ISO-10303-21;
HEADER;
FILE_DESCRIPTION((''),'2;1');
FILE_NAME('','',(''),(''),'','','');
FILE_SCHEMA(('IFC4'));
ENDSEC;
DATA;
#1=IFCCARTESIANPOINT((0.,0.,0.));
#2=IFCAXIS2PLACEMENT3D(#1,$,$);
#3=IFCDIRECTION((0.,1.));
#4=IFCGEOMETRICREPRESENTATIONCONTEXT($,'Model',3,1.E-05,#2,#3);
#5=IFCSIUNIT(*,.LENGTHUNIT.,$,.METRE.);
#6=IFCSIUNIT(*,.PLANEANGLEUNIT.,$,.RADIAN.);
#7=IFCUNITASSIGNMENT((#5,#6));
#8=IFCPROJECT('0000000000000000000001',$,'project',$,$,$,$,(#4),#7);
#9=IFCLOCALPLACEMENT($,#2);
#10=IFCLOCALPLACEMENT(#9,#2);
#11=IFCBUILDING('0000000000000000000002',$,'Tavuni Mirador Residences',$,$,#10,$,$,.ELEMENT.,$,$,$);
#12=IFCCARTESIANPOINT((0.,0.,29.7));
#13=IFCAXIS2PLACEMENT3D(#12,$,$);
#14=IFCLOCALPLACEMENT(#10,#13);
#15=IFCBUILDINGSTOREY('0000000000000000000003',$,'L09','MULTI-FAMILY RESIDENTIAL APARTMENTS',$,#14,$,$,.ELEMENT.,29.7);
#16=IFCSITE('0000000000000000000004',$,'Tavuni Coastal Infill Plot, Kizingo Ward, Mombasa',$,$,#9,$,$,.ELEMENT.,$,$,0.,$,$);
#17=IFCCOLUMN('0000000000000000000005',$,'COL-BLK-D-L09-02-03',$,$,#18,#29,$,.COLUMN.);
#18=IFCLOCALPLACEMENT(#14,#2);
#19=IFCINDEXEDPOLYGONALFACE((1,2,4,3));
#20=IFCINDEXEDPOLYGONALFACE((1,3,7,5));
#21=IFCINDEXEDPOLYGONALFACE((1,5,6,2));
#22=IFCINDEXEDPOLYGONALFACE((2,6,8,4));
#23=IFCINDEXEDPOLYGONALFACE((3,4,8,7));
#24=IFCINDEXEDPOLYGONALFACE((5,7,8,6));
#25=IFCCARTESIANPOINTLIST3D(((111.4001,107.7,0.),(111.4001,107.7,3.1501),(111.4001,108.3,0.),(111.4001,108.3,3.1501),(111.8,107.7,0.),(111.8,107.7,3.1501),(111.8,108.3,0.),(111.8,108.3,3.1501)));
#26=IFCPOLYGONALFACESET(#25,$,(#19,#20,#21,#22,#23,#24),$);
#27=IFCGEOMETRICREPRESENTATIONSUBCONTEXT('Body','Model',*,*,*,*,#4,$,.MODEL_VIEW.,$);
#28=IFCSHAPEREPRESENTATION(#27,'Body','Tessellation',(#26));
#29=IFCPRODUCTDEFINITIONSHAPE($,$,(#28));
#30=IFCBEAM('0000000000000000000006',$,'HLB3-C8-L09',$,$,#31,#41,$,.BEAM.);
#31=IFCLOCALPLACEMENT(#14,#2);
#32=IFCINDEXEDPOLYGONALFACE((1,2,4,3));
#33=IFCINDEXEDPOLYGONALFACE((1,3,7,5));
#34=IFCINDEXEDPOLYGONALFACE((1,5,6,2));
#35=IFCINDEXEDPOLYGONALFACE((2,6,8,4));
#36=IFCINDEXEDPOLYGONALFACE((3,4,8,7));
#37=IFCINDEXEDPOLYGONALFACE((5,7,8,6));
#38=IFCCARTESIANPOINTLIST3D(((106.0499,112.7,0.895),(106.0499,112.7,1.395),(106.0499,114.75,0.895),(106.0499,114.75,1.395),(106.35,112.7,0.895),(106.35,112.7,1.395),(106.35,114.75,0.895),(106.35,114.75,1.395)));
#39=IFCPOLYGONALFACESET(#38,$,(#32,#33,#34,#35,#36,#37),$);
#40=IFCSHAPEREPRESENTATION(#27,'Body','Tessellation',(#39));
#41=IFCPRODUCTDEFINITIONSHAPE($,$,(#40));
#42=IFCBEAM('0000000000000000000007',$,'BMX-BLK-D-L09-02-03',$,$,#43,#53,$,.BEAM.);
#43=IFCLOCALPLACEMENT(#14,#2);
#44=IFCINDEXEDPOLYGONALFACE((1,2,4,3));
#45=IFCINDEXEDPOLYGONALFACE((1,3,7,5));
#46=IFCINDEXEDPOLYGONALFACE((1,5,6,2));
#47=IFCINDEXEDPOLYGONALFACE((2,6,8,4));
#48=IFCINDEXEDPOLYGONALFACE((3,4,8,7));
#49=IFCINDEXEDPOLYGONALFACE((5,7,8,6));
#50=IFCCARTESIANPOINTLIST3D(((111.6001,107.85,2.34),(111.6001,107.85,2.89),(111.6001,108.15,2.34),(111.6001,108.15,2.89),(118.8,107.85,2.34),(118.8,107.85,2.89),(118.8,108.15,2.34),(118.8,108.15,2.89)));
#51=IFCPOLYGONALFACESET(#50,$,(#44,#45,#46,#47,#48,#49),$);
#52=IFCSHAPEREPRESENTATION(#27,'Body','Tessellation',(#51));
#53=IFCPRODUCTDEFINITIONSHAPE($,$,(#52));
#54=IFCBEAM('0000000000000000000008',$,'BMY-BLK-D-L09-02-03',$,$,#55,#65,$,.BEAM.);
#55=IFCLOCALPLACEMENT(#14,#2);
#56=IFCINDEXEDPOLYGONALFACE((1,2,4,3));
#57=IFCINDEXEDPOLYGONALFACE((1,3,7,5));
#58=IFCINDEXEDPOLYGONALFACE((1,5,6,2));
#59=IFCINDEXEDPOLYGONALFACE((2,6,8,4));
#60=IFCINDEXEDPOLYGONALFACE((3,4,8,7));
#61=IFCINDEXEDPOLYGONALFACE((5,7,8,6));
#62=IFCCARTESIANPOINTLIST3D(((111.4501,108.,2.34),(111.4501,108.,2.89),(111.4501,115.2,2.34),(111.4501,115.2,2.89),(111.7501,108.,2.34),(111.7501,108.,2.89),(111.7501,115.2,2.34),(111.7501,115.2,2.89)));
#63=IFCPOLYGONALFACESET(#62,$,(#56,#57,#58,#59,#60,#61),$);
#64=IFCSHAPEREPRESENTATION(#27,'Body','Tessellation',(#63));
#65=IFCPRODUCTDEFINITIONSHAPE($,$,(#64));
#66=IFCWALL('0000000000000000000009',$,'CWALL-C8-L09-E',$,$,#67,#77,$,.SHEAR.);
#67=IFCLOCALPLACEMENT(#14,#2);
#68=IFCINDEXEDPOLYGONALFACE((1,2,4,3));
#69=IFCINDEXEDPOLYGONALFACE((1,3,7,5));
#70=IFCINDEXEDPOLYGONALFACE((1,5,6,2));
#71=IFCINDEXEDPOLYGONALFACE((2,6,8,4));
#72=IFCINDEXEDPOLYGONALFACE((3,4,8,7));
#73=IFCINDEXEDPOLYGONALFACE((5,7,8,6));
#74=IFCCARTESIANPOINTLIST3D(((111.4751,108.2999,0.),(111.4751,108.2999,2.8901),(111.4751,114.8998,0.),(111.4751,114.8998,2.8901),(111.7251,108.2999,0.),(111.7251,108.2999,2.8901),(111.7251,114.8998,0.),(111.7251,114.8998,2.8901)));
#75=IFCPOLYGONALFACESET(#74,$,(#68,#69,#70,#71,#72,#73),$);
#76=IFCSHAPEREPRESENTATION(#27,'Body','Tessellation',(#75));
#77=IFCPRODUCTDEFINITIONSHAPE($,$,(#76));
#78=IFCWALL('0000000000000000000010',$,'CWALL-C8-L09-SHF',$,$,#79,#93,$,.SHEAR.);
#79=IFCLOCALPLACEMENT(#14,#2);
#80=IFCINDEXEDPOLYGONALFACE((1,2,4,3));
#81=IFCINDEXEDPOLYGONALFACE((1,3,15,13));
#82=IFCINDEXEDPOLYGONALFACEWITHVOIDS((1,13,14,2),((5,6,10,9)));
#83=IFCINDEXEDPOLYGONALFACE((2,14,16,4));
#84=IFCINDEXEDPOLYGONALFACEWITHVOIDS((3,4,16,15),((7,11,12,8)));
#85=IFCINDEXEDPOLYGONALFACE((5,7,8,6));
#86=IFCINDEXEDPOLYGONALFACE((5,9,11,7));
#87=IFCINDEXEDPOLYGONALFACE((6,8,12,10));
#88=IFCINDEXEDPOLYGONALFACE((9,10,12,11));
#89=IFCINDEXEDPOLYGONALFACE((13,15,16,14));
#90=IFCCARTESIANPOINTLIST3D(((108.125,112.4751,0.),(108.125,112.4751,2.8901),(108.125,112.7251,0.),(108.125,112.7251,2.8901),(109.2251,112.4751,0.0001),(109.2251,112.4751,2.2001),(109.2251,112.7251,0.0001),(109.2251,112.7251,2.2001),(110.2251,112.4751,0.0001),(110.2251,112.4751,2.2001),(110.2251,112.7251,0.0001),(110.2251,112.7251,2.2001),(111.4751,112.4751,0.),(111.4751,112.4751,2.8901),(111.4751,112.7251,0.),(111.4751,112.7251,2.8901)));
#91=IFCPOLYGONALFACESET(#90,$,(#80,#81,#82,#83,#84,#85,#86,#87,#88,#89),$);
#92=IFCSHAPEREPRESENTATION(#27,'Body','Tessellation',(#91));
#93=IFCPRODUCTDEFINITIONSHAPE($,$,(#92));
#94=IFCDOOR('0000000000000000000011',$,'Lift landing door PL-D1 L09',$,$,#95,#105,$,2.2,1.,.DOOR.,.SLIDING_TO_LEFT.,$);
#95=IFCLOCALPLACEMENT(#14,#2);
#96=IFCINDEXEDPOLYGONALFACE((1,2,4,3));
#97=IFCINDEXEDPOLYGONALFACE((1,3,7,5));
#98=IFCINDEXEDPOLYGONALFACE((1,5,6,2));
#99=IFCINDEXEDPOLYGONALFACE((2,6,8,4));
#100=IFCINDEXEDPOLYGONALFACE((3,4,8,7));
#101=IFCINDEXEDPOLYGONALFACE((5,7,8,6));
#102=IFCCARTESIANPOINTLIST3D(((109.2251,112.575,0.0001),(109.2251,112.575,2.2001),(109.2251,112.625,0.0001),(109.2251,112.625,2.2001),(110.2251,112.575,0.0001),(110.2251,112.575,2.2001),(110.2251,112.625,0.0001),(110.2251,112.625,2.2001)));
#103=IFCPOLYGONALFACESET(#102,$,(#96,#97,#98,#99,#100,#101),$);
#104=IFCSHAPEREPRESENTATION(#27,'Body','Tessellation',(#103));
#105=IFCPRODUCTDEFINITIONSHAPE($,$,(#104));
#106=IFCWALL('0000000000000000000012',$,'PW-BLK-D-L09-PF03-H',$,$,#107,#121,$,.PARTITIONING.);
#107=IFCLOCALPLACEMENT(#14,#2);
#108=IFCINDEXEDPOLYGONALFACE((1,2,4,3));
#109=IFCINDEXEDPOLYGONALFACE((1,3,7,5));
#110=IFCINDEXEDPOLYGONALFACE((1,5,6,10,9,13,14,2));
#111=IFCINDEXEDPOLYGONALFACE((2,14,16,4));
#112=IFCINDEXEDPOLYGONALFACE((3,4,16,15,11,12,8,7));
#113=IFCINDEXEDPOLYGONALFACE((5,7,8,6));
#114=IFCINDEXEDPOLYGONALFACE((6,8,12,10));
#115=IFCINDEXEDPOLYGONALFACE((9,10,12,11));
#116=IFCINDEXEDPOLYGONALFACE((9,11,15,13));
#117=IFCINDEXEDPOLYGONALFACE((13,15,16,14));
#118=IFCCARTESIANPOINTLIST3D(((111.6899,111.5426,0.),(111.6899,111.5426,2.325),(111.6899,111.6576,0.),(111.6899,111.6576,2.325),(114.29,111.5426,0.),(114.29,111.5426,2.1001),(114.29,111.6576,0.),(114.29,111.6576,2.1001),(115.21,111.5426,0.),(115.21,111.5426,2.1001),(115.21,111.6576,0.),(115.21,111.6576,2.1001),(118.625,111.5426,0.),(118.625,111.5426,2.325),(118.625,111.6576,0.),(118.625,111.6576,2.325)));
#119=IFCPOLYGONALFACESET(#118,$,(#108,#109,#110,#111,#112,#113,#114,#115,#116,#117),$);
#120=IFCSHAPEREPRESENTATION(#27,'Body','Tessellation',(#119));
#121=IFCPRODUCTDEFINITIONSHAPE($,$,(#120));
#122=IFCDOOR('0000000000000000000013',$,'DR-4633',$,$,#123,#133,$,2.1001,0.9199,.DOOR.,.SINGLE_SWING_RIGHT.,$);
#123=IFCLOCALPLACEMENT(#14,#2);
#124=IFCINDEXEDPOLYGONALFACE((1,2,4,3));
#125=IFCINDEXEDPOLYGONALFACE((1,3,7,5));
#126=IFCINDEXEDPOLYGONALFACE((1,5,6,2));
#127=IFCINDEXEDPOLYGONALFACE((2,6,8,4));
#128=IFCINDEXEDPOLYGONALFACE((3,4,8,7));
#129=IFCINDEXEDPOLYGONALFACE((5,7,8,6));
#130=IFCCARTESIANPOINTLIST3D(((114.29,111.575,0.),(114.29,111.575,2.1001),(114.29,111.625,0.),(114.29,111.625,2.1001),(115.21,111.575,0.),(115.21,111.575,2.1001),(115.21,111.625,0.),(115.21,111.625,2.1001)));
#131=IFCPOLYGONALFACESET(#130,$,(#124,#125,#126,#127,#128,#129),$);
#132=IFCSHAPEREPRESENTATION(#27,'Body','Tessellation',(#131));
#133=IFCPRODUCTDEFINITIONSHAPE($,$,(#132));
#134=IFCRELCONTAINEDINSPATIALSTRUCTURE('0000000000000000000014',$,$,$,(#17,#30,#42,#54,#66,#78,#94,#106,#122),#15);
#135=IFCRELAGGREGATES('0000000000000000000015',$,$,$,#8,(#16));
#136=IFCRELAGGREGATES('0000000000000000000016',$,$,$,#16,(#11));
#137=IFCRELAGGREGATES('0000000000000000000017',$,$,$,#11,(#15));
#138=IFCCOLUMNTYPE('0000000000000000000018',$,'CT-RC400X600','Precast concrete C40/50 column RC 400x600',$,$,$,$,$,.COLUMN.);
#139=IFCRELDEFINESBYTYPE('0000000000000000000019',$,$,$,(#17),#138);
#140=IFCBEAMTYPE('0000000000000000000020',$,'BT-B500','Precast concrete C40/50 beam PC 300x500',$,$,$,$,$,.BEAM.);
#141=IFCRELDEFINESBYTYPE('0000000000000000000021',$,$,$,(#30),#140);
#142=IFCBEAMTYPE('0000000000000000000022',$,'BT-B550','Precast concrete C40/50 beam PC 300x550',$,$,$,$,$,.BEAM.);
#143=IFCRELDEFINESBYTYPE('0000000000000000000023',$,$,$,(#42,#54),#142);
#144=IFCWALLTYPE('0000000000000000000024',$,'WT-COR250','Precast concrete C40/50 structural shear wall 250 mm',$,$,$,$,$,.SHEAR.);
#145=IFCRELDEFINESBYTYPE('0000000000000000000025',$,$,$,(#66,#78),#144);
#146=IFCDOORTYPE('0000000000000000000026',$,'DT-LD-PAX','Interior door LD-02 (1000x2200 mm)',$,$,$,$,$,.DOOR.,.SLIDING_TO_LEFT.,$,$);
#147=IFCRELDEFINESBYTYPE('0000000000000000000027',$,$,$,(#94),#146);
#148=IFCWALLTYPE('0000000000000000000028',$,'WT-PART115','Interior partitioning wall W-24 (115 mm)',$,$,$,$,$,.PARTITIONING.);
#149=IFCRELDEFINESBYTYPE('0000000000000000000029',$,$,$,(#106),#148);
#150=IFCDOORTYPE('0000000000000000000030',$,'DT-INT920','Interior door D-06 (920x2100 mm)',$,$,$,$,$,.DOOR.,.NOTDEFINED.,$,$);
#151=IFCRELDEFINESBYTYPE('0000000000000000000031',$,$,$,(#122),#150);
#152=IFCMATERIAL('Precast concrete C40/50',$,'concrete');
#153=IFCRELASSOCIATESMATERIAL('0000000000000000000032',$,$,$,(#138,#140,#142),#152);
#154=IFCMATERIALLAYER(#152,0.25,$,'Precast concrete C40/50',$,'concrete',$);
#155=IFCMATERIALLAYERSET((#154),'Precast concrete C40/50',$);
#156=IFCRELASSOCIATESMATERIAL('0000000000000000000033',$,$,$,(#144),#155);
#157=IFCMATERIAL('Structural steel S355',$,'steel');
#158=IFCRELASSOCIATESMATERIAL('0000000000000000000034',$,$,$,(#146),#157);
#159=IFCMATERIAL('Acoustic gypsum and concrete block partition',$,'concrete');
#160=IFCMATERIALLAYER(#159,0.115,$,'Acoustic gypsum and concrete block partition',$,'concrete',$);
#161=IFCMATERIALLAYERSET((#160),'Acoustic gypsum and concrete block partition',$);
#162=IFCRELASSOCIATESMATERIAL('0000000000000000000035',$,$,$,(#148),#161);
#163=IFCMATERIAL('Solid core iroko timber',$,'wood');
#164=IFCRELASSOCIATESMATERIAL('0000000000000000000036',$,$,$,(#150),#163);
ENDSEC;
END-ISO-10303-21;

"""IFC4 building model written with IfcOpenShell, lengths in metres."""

from ifc_helpers import new_model, si_unit, direction, frame, frame_2d, origin, origin_2d, place, context, subcontext, project, spatial, rectangle, extrude, material, layer, layer_set, material_profile, profile_set, type_object, element, fill, save


model = new_model("IFC4")

# Units and contexts
model_context = context("Model", 3, precision=1e-05, world=origin(), true_north=direction((0.0, 1.0)))
body_context = subcontext(model_context, "Body", "Model", "MODEL_VIEW")
ifc_project = project(units=[si_unit("LENGTHUNIT", "METRE"), si_unit("PLANEANGLEUNIT", "RADIAN")], contexts=[model_context])

# Site, building, storey
site_placement = place(None, origin())
site = spatial("IfcSite", under=ifc_project, at=site_placement, Name="Tavuni Coastal Infill Plot, Kizingo Ward, Mombasa", CompositionType="ELEMENT", RefElevation=0.0)
building_placement = place(site_placement, origin())
building = spatial("IfcBuilding", under=site, at=building_placement, Name="Tavuni Mirador Residences", CompositionType="ELEMENT")
storey_placement = place(building_placement, frame((0.0, 0.0, 29.7)))
storey = spatial("IfcBuildingStorey", under=building, at=storey_placement, Name="L09", Description="MULTI-FAMILY RESIDENTIAL APARTMENTS", CompositionType="ELEMENT", Elevation=29.7)

# Column
ifc_material_1 = material(Name="Precast concrete C40/50", Category="concrete")
ifc_material_profile_1 = material_profile(ifc_material_1, rectangle(XDim=0.3999, YDim=0.6001, at=origin_2d()), Name="RC 400x600", Category="concrete")
ifc_profile_set_1 = profile_set([ifc_material_profile_1], Name="Precast concrete C40/50")
column_type = type_object("IfcColumnType", Name="CT-RC400X600", Description="Precast concrete C40/50 column RC 400x600", PredefinedType="COLUMN", material=ifc_profile_set_1)
column_placement = place(storey_placement, frame((111.6001, 108.0, 0.0), z_axis=(0.0, 0.0, 1.0), x_axis=(1.0, 0.0, 0.0)))
element("IfcColumn", 1, at=column_placement, inside=storey, type_object=column_type, Name="COL-BLK-D-L09-02-03", PredefinedType="COLUMN", context=body_context, shape_type="SweptSolid", body=[
    extrude(rectangle(XDim=0.3999, YDim=0.6001, at=origin_2d()), origin(), (0.0, 0.0, 1.0), 3.1501),
])

# Beams
ifc_material_profile_2 = material_profile(ifc_material_1, rectangle(XDim=0.3, YDim=0.5, at=origin_2d()), Name="PC 300x500", Category="concrete")
ifc_profile_set_2 = profile_set([ifc_material_profile_2], Name="Precast concrete C40/50")
beam_type_1 = type_object("IfcBeamType", Name="BT-B500", Description="Precast concrete C40/50 beam PC 300x500", PredefinedType="BEAM", material=ifc_profile_set_2)
beam_placement = place(storey_placement, frame((106.2, 112.7, 1.145), z_axis=(0.0, 1.0, 0.0), x_axis=(-1.0, 0.0, 0.0)))
element("IfcBeam", 2, at=beam_placement, inside=storey, type_object=beam_type_1, Name="HLB3-C8-L09", PredefinedType="BEAM", context=body_context, shape_type="SweptSolid", body=[
    extrude(rectangle(XDim=0.3, YDim=0.5, at=origin_2d()), origin(), (0.0, 0.0, 1.0), 2.05),
])
ifc_material_profile_3 = material_profile(ifc_material_1, rectangle(XDim=0.3, YDim=0.55, at=origin_2d()), Name="PC 300x550", Category="concrete")
ifc_profile_set_3 = profile_set([ifc_material_profile_3], Name="Precast concrete C40/50")
beam_type_2 = type_object("IfcBeamType", Name="BT-B550", Description="Precast concrete C40/50 beam PC 300x550", PredefinedType="BEAM", material=ifc_profile_set_3)
for number, where, z_axis, x_axis, name in (
    (3, (111.6001, 108.0, 2.615), (1.0, 0.0, 0.0), (0.0, 1.0, 0.0), "BMX-BLK-D-L09-02-03"),
    (4, (111.6001, 108.0, 2.615), (0.0, 1.0, 0.0), (-1.0, 0.0, 0.0), "BMY-BLK-D-L09-02-03"),
):
    element("IfcBeam", number, at=place(storey_placement, frame(where, z_axis=z_axis, x_axis=x_axis)), inside=storey, type_object=beam_type_2, Name=name, PredefinedType="BEAM", context=body_context, shape_type="SweptSolid", body=[
        extrude(rectangle(XDim=0.3, YDim=0.55, at=origin_2d()), origin(), (0.0, 0.0, 1.0), 7.2),
    ])

# Wall
ifc_layer_1 = layer(ifc_material_1, 0.25, Name="Precast concrete C40/50", Category="concrete")
ifc_layer_set_1 = layer_set([ifc_layer_1], Name="Precast concrete C40/50")
wall_type_1 = type_object("IfcWallType", Name="WT-COR250", Description="Precast concrete C40/50 structural shear wall 250 mm", PredefinedType="SHEAR", material=ifc_layer_set_1)
wall_1_placement = place(storey_placement, frame((111.6001, 108.3, 0.0), z_axis=(0.0, 0.0, 1.0), x_axis=(0.0, 1.0, 0.0)))
element("IfcWall", 5, at=wall_1_placement, inside=storey, type_object=wall_type_1, Name="CWALL-C8-L09-E", PredefinedType="SHEAR", context=body_context, shape_type="SweptSolid", body=[
    extrude(rectangle(XDim=6.5999, YDim=0.25, at=frame_2d((3.2998, 0.0))), origin(), (0.0, 0.0, 1.0), 2.8901),
])

# Walls, openings, doors
ifc_material_2 = material(Name="Solid core iroko timber", Category="wood")
wall_2_placement = place(storey_placement, frame((108.125, 112.6001, 0.0), z_axis=(0.0, 0.0, 1.0), x_axis=(1.0, 0.0, 0.0)))
wall_2 = element("IfcWall", 6, at=wall_2_placement, inside=storey, type_object=wall_type_1, Name="CWALL-C8-L09-SHF", PredefinedType="SHEAR", context=body_context, shape_type="SweptSolid", body=[
    extrude(rectangle(XDim=3.3501, YDim=0.25, at=frame_2d((1.675, 0.0))), origin(), (0.0, 0.0, 1.0), 2.8901),
])
opening_1_placement = place(wall_2_placement, frame((1.1001, 0.0, 0.0)))
opening_1 = element("IfcOpeningElement", 7, at=opening_1_placement, cuts=wall_2, PredefinedType="OPENING", context=body_context, shape_type="SweptSolid", body=[
    extrude(rectangle(XDim=1.0, YDim=2.2, at=frame_2d((0.5, 1.1001))), frame((0.0, 0.135, 0.0), z_axis=(0.0, -1.0, 0.0), x_axis=(1.0, 0.0, 0.0)), (0.0, 0.0, 1.0), 0.27),
])
ifc_material_3 = material(Name="Structural steel S355", Category="steel")
door_type_1 = type_object("IfcDoorType", Name="DT-LD-PAX", Description="Interior door LD-02 (1000x2200 mm)", OperationType="SLIDING_TO_LEFT", PredefinedType="DOOR", material=ifc_material_3)
door_1_placement = place(opening_1_placement, origin())
door_1 = element("IfcDoor", 8, at=door_1_placement, inside=storey, type_object=door_type_1, Name="Lift landing door PL-D1 L09", OperationType="SLIDING_TO_LEFT", OverallHeight=2.2, OverallWidth=1.0, PredefinedType="DOOR", context=body_context, shape_type="SweptSolid", body=[
    extrude(rectangle(XDim=1.0, YDim=2.2, at=frame_2d((0.5, 1.1001))), frame((0.0, 0.0249, 0.0), z_axis=(0.0, -1.0, 0.0), x_axis=(1.0, 0.0, 0.0)), (0.0, 0.0, 1.0), 0.05),
])
fill(opening_1, door_1)
ifc_material_4 = material(Name="Acoustic gypsum and concrete block partition", Category="concrete")
ifc_layer_2 = layer(ifc_material_4, 0.115, Name="Acoustic gypsum and concrete block partition", Category="concrete")
ifc_layer_set_2 = layer_set([ifc_layer_2], Name="Acoustic gypsum and concrete block partition")
wall_type_2 = type_object("IfcWallType", Name="WT-PART115", Description="Interior partitioning wall W-24 (115 mm)", PredefinedType="PARTITIONING", material=ifc_layer_set_2)
wall_3_placement = place(storey_placement, frame((111.6899, 111.6001, 0.0), z_axis=(0.0, 0.0, 1.0), x_axis=(1.0, 0.0, 0.0)))
wall_3 = element("IfcWall", 9, at=wall_3_placement, inside=storey, type_object=wall_type_2, Name="PW-BLK-D-L09-PF03-H", PredefinedType="PARTITIONING", context=body_context, shape_type="SweptSolid", body=[
    extrude(rectangle(XDim=6.9351, YDim=0.115, at=frame_2d((3.4675, 0.0))), origin(), (0.0, 0.0, 1.0), 2.325),
])
opening_2_placement = place(wall_3_placement, frame((2.6001, 0.0, 0.0)))
opening_2 = element("IfcOpeningElement", 10, at=opening_2_placement, cuts=wall_3, PredefinedType="OPENING", context=body_context, shape_type="SweptSolid", body=[
    extrude(rectangle(XDim=0.9199, YDim=2.1001, at=frame_2d((0.46, 1.05))), frame((0.0, 0.0674, 0.0), z_axis=(0.0, -1.0, 0.0), x_axis=(1.0, 0.0, 0.0)), (0.0, 0.0, 1.0), 0.135),
])
door_type_2 = type_object("IfcDoorType", Name="DT-INT920", Description="Interior door D-06 (920x2100 mm)", OperationType="NOTDEFINED", PredefinedType="DOOR", material=ifc_material_2)
door_2_placement = place(opening_2_placement, origin())
door_2 = element("IfcDoor", 11, at=door_2_placement, inside=storey, type_object=door_type_2, Name="DR-4633", OperationType="SINGLE_SWING_RIGHT", OverallHeight=2.1001, OverallWidth=0.9199, PredefinedType="DOOR", context=body_context, shape_type="SweptSolid", body=[
    extrude(rectangle(XDim=0.9199, YDim=2.1001, at=frame_2d((0.46, 1.05))), frame((0.0, 0.0249, 0.0), z_axis=(0.0, -1.0, 0.0), x_axis=(1.0, 0.0, 0.0)), (0.0, 0.0, 1.0), 0.05),
])
fill(opening_2, door_2)

save(model, "model.ifc")
